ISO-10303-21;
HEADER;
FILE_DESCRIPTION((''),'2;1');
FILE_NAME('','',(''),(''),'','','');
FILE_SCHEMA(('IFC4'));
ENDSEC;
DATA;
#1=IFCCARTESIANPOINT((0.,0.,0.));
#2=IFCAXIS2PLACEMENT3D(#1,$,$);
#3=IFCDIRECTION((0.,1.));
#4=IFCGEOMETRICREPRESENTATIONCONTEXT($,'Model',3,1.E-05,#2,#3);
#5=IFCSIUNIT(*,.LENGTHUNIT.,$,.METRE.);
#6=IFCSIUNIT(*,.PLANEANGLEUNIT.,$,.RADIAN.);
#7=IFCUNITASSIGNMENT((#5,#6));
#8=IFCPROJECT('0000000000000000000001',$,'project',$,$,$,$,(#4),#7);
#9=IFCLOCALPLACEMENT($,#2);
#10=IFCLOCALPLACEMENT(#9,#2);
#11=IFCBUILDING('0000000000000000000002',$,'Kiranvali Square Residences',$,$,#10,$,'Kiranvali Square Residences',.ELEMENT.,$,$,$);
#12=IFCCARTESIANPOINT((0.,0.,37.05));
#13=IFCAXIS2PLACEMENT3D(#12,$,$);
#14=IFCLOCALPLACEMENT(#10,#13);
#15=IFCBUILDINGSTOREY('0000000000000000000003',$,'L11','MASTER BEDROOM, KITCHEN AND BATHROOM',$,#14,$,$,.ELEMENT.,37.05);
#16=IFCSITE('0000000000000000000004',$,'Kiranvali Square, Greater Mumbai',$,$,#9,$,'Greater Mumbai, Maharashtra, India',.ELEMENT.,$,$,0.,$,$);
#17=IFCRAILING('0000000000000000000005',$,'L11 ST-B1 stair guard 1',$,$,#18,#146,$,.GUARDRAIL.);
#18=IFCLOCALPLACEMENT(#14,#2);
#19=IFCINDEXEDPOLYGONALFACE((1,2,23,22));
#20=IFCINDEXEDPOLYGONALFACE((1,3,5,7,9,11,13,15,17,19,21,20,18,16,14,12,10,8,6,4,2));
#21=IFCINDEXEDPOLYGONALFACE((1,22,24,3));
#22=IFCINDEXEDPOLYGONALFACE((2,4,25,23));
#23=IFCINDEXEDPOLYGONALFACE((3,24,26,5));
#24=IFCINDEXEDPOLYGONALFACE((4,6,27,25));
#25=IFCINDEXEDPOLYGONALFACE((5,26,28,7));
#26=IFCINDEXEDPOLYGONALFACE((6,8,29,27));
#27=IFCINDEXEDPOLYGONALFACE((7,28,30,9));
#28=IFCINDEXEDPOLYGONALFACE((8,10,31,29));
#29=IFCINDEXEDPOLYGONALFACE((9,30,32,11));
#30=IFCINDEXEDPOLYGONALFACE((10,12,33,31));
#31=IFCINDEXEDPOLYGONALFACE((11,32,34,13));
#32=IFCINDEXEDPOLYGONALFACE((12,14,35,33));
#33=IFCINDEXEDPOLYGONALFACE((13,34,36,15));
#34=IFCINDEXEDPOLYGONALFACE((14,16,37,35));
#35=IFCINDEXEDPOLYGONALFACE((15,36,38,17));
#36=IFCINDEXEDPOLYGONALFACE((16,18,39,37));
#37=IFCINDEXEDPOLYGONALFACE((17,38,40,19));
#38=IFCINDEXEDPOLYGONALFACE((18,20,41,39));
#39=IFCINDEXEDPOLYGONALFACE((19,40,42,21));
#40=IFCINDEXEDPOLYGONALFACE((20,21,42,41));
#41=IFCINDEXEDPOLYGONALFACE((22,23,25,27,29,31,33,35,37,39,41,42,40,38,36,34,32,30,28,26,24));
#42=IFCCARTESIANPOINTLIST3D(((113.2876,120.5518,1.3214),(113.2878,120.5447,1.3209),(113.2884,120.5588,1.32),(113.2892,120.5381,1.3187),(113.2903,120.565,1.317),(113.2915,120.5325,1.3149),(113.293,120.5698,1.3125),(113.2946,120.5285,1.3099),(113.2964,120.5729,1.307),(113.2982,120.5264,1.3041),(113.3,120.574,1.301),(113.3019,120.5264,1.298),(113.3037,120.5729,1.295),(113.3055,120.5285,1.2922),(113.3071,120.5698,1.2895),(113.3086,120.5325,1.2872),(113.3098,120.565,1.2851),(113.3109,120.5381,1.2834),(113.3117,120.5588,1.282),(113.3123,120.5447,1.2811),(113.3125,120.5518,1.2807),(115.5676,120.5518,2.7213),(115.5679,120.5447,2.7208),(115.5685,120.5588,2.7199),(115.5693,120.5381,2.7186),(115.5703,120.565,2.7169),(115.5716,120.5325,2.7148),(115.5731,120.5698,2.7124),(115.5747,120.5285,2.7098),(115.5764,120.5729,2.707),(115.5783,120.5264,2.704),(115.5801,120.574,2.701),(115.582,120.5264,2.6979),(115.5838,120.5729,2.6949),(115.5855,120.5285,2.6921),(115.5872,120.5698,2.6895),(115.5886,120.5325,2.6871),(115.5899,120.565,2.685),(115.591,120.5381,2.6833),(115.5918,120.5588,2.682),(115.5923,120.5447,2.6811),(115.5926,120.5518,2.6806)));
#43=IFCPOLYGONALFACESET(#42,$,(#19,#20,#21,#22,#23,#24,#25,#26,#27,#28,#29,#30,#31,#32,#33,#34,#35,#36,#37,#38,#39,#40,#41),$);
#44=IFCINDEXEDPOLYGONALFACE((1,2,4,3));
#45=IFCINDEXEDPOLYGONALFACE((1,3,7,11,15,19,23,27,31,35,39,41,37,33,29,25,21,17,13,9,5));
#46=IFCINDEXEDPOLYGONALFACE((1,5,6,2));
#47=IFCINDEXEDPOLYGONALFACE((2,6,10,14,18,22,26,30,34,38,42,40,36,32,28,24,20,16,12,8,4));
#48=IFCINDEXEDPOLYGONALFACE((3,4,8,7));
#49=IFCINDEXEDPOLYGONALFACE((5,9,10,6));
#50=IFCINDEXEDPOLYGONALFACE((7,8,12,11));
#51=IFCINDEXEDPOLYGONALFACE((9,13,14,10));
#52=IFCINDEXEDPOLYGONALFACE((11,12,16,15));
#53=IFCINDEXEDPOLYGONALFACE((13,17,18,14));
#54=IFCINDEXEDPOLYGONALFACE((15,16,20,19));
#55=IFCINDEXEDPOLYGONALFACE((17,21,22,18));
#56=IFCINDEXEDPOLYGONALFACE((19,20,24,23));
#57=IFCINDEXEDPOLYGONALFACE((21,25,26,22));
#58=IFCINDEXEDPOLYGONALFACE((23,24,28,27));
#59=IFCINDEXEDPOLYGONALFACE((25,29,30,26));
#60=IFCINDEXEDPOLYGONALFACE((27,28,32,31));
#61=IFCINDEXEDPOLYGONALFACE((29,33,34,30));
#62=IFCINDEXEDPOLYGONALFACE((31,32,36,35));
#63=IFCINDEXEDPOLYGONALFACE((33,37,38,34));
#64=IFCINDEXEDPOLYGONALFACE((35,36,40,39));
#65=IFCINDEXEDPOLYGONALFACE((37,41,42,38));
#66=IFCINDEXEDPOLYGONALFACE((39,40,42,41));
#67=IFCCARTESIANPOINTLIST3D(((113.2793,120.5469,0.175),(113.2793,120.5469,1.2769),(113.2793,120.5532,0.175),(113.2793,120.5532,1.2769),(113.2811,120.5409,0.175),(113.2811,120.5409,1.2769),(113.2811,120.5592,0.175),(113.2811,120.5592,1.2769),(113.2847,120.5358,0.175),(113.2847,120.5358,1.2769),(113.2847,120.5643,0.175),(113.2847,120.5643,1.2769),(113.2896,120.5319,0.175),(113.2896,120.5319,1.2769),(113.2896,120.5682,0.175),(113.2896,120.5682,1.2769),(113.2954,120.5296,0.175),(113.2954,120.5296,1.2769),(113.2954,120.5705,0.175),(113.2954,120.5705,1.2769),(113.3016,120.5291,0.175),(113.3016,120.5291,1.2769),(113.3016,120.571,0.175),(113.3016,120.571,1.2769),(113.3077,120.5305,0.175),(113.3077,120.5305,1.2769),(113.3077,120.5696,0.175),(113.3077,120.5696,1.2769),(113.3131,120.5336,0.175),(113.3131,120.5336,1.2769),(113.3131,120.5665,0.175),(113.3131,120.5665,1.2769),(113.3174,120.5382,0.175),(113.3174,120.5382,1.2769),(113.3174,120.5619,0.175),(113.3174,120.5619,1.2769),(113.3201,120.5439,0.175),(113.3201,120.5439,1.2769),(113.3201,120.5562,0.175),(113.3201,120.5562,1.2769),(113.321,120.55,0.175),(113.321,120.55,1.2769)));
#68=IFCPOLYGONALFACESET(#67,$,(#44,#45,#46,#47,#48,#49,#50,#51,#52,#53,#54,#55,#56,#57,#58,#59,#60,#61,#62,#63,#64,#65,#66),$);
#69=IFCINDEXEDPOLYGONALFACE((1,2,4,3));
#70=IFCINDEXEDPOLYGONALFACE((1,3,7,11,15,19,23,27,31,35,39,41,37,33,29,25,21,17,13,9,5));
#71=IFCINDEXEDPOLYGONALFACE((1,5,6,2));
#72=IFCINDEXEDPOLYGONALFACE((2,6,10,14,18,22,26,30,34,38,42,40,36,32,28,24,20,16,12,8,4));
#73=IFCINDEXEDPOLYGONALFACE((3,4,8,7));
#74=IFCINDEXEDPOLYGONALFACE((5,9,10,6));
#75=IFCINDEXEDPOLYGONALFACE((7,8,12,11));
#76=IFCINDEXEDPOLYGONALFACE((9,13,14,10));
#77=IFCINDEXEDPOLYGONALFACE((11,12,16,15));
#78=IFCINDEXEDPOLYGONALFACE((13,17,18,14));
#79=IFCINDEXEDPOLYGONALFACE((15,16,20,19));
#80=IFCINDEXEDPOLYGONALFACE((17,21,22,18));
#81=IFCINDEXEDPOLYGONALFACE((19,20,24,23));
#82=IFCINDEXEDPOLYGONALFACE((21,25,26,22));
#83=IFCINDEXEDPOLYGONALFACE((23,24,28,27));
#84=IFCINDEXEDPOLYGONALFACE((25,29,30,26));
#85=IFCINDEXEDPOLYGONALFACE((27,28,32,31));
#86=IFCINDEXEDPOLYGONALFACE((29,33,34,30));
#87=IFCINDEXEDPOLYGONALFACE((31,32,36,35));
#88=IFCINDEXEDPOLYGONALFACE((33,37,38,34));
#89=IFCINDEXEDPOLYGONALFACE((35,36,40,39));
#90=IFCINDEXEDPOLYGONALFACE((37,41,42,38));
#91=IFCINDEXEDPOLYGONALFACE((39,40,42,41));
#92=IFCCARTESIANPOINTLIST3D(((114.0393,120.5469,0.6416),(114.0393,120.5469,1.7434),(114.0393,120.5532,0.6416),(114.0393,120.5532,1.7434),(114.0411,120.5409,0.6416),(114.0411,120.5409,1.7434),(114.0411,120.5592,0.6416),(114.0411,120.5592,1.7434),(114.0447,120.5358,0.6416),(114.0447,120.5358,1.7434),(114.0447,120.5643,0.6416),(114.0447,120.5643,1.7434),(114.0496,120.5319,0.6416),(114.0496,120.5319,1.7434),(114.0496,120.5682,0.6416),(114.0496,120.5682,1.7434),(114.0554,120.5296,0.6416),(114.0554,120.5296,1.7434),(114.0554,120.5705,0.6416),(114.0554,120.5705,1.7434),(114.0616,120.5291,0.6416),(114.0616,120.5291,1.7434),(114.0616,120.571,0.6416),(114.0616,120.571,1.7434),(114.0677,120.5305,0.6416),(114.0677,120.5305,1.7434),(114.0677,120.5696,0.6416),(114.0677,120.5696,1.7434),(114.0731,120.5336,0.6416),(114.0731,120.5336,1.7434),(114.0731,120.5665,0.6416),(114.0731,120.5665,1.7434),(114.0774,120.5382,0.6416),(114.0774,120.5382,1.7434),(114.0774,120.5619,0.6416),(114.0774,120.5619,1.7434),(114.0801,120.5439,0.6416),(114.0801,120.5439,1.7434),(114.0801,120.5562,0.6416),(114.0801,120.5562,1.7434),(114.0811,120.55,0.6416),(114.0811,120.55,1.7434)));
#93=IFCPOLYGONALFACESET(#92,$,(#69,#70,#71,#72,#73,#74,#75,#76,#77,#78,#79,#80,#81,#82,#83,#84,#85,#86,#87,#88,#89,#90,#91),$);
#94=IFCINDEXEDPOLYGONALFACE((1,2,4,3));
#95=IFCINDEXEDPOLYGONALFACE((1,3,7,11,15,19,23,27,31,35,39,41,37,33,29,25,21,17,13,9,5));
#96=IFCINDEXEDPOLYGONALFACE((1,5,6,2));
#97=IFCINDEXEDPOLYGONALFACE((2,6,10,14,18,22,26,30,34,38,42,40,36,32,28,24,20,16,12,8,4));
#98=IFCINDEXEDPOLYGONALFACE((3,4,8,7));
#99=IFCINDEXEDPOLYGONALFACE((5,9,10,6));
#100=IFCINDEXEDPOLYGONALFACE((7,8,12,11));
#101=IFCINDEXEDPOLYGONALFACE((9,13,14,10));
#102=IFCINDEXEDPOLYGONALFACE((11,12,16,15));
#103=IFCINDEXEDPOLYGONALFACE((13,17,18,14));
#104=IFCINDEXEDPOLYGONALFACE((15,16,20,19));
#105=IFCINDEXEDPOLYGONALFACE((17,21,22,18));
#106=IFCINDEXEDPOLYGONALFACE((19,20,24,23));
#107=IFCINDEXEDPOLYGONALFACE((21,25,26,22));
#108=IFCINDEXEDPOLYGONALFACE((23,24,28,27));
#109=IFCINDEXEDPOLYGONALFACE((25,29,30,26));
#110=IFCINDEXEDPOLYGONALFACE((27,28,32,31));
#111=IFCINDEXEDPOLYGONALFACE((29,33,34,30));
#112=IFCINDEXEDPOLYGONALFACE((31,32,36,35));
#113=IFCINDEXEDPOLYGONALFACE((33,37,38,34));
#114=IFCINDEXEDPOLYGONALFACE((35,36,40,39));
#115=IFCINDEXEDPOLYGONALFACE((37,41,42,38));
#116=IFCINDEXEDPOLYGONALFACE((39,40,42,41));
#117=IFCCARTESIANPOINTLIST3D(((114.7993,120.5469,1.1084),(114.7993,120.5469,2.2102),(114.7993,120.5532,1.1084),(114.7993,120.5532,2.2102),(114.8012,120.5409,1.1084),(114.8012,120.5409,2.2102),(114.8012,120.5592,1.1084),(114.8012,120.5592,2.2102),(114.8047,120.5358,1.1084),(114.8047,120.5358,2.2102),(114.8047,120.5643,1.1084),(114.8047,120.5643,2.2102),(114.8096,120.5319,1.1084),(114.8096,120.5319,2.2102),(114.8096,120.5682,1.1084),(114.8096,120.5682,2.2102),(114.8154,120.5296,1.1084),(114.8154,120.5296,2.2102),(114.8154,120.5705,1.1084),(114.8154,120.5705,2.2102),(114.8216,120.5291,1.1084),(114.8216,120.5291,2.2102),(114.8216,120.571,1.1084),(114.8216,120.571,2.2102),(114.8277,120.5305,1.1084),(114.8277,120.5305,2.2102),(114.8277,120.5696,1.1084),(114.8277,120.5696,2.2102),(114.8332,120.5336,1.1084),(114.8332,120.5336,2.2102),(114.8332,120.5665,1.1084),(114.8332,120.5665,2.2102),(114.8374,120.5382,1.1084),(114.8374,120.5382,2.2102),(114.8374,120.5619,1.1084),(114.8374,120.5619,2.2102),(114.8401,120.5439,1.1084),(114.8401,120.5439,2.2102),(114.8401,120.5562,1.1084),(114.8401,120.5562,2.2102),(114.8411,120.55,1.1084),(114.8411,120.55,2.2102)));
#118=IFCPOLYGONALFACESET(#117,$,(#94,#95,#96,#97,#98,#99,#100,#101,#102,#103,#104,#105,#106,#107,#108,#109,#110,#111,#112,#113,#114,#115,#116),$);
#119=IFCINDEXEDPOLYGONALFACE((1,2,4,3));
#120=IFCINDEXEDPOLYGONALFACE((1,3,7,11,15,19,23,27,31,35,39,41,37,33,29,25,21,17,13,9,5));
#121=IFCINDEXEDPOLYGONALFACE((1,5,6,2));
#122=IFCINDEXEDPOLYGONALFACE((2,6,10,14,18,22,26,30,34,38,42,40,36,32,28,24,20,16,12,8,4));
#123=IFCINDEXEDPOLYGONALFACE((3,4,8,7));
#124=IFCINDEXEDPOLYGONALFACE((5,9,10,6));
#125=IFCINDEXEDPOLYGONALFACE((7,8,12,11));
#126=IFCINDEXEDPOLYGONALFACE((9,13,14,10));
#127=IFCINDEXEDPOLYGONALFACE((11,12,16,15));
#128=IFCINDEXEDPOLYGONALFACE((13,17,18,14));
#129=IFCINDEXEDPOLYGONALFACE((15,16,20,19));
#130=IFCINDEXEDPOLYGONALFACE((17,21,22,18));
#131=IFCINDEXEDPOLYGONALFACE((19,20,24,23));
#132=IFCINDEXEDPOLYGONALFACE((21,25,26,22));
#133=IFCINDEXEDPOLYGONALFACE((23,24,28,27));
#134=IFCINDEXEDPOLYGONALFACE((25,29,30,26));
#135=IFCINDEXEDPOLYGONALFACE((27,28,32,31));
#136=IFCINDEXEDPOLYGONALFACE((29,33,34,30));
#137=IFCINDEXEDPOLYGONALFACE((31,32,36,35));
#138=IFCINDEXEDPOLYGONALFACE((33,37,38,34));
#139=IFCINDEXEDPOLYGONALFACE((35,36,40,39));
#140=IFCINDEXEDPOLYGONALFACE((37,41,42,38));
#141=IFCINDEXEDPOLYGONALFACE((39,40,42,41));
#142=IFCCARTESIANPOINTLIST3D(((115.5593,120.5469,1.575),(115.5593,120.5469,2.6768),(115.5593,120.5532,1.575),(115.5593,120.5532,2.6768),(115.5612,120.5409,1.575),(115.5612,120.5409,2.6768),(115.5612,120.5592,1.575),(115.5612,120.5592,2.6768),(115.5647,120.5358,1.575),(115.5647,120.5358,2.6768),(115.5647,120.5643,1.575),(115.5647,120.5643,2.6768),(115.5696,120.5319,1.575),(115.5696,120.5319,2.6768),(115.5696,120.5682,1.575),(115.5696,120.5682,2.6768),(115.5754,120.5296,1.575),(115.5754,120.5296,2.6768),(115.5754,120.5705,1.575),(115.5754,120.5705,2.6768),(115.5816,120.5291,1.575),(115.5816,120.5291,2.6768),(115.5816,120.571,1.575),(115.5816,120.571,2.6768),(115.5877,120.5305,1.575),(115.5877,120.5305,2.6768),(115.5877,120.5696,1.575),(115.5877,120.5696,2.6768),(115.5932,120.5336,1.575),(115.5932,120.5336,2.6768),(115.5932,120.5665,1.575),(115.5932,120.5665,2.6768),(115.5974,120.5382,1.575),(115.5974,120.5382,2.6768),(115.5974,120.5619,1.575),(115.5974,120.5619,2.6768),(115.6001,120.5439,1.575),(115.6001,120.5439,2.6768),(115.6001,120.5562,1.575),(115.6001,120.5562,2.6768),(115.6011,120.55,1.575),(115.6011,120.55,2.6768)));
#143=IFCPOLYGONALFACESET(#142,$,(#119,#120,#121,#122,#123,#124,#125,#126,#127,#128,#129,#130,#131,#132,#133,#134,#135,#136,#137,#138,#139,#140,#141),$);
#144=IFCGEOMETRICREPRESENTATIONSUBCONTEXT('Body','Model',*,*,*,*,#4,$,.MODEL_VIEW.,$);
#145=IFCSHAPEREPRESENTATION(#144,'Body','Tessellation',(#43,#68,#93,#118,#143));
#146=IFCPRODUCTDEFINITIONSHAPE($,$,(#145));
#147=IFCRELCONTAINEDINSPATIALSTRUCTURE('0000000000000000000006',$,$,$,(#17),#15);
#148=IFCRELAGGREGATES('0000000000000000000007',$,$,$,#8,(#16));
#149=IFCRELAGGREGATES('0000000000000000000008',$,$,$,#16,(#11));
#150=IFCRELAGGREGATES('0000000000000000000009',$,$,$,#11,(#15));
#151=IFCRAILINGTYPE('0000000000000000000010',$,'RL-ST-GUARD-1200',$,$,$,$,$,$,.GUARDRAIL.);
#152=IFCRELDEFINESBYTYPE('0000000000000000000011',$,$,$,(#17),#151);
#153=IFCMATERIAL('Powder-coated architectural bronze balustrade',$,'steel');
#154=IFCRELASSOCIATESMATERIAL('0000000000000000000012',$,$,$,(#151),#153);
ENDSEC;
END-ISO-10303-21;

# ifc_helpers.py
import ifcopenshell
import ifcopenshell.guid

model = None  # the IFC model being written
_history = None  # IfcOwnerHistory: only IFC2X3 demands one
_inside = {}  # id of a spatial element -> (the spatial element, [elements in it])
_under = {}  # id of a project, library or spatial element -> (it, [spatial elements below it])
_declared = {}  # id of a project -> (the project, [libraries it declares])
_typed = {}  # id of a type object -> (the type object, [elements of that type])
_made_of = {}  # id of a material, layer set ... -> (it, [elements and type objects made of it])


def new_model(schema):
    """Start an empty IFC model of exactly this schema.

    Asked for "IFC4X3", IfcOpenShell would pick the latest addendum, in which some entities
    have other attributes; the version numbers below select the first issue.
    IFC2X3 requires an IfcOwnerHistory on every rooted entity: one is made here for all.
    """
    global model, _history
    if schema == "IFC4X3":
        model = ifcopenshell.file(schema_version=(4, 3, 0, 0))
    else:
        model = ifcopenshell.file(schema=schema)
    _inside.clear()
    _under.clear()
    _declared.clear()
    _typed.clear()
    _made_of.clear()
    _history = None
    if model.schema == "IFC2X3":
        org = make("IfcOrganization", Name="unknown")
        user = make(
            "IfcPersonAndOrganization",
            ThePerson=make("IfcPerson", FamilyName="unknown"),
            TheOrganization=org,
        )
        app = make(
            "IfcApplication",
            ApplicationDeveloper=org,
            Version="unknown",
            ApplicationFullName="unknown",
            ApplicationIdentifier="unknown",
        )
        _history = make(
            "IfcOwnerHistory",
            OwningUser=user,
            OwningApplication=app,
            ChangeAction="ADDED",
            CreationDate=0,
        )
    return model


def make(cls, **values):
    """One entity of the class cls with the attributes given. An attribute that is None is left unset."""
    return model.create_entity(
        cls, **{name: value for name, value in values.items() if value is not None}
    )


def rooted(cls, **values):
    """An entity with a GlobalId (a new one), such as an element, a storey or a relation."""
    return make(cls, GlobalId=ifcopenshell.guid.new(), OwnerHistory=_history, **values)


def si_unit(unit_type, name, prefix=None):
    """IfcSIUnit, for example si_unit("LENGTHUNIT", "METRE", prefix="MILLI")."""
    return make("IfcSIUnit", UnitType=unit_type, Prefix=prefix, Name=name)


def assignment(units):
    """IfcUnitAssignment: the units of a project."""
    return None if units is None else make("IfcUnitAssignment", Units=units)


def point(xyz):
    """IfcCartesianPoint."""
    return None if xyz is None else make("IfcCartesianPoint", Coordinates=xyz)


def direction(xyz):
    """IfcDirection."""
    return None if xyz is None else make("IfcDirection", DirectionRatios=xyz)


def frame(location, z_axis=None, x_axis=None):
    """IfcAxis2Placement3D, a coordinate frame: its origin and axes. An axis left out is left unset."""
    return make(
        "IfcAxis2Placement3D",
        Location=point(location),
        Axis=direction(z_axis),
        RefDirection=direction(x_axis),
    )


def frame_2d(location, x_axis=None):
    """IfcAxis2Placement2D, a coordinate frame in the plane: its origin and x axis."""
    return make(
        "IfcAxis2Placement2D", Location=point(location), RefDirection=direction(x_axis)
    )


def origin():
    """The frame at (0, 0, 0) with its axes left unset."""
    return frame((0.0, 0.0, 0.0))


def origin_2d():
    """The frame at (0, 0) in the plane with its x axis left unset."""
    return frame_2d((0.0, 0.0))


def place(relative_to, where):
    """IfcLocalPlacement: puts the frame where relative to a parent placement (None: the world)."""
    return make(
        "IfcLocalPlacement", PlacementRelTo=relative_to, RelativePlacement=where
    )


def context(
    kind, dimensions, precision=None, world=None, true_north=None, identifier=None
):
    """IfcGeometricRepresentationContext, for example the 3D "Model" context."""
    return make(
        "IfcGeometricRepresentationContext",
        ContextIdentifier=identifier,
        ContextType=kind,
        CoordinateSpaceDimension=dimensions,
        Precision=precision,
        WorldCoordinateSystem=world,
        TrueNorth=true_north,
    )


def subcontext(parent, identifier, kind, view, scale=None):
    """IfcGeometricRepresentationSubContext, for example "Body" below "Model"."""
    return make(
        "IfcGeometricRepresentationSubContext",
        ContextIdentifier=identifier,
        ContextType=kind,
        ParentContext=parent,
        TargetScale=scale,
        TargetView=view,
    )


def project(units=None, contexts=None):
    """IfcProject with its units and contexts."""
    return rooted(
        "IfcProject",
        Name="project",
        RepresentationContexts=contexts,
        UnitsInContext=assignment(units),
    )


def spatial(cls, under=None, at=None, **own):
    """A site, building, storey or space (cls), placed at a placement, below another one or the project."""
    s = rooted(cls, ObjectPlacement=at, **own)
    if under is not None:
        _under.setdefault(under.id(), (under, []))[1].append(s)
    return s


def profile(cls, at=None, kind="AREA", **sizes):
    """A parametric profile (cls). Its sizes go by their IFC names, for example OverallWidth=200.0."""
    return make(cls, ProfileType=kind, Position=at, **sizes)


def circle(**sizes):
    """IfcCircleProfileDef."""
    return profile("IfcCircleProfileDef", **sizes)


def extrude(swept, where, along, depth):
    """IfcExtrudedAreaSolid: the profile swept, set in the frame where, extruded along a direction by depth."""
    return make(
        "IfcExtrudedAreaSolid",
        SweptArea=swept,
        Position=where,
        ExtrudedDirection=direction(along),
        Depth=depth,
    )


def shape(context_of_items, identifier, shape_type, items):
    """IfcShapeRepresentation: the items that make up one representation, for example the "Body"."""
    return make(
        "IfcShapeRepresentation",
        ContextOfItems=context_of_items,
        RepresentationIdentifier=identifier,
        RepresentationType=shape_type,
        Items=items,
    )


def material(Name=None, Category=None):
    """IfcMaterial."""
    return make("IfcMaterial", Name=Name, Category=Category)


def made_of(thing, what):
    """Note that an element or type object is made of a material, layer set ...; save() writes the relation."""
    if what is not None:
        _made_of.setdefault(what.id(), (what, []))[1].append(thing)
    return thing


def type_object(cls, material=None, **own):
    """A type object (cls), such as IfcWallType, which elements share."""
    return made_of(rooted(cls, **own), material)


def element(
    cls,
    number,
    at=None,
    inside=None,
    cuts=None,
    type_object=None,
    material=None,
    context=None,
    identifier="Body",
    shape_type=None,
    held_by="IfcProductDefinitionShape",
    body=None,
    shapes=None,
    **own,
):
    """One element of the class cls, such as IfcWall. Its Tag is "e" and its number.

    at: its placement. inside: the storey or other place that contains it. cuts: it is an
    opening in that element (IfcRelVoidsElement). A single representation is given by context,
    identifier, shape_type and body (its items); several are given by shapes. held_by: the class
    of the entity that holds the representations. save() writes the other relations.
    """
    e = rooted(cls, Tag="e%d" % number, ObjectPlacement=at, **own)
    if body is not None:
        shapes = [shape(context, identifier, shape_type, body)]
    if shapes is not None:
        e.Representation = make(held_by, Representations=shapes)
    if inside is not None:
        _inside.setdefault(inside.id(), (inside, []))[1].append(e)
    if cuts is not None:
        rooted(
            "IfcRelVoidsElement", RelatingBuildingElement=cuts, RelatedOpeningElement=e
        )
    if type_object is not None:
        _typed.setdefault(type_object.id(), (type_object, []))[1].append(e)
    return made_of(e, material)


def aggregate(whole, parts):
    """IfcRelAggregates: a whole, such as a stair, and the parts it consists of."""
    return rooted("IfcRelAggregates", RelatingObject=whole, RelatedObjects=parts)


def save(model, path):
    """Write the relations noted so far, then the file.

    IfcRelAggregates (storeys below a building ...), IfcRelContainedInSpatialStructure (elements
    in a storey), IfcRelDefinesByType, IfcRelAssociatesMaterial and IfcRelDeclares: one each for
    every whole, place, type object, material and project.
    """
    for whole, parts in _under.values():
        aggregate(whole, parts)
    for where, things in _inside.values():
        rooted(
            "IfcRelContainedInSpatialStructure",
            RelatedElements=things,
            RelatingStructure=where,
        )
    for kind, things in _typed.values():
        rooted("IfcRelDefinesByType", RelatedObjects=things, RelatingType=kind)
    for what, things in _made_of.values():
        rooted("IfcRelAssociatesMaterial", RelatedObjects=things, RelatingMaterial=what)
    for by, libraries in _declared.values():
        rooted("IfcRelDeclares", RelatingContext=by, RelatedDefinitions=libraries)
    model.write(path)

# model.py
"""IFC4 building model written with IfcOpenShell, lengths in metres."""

from ifc_helpers import new_model, si_unit, direction, frame, origin, origin_2d, place, context, subcontext, project, spatial, circle, extrude, material, type_object, element, save


model = new_model("IFC4")

# Units and contexts
model_context = context("Model", 3, precision=1e-05, world=origin(), true_north=direction((0.0, 1.0)))
body_context = subcontext(model_context, "Body", "Model", "MODEL_VIEW")
ifc_project = project(units=[si_unit("LENGTHUNIT", "METRE"), si_unit("PLANEANGLEUNIT", "RADIAN")], contexts=[model_context])

# Site, building, storey
site_placement = place(None, origin())
site = spatial("IfcSite", under=ifc_project, at=site_placement, Name="Kiranvali Square, Greater Mumbai", LongName="Greater Mumbai, Maharashtra, India", CompositionType="ELEMENT", RefElevation=0.0)
building_placement = place(site_placement, origin())
building = spatial("IfcBuilding", under=site, at=building_placement, Name="Kiranvali Square Residences", LongName="Kiranvali Square Residences", CompositionType="ELEMENT")
storey_placement = place(building_placement, frame((0.0, 0.0, 37.05)))
storey = spatial("IfcBuildingStorey", under=building, at=storey_placement, Name="L11", Description="MASTER BEDROOM, KITCHEN AND BATHROOM", CompositionType="ELEMENT", Elevation=37.05)

# Railing
ifc_material_1 = material(Name="Powder-coated architectural bronze balustrade", Category="steel")
railing_type_1 = type_object("IfcRailingType", Name="RL-ST-GUARD-1200", PredefinedType="GUARDRAIL", material=ifc_material_1)
railing_1_placement = place(storey_placement, frame((113.3, 120.55, 0.175)))
element("IfcRailing", 1, at=railing_1_placement, inside=storey, type_object=railing_type_1, Name="L11 ST-B1 stair guard 1", PredefinedType="GUARDRAIL", context=body_context, shape_type="SweptSolid", body=[
    extrude(circle(Radius=0.0239, at=origin_2d()), frame((0.0, 0.0, 1.126), z_axis=(0.85219, 0.0, 0.523232), x_axis=(0.0, 1.0, 0.0)), (0.0, 0.0, 1.0), 2.6755),
    extrude(circle(Radius=0.021, at=origin_2d()), origin(), (0.0, 0.0, 1.0), 1.1018),
    extrude(circle(Radius=0.021, at=origin_2d()), frame((0.76, 0.0, 0.4666)), (0.0, 0.0, 1.0), 1.1018),
    extrude(circle(Radius=0.021, at=origin_2d()), frame((1.52, 0.0, 0.9333)), (0.0, 0.0, 1.0), 1.1018),
    extrude(circle(Radius=0.021, at=origin_2d()), frame((2.28, 0.0, 1.3999)), (0.0, 0.0, 1.0), 1.1018),
])

save(model, "model.ifc")
